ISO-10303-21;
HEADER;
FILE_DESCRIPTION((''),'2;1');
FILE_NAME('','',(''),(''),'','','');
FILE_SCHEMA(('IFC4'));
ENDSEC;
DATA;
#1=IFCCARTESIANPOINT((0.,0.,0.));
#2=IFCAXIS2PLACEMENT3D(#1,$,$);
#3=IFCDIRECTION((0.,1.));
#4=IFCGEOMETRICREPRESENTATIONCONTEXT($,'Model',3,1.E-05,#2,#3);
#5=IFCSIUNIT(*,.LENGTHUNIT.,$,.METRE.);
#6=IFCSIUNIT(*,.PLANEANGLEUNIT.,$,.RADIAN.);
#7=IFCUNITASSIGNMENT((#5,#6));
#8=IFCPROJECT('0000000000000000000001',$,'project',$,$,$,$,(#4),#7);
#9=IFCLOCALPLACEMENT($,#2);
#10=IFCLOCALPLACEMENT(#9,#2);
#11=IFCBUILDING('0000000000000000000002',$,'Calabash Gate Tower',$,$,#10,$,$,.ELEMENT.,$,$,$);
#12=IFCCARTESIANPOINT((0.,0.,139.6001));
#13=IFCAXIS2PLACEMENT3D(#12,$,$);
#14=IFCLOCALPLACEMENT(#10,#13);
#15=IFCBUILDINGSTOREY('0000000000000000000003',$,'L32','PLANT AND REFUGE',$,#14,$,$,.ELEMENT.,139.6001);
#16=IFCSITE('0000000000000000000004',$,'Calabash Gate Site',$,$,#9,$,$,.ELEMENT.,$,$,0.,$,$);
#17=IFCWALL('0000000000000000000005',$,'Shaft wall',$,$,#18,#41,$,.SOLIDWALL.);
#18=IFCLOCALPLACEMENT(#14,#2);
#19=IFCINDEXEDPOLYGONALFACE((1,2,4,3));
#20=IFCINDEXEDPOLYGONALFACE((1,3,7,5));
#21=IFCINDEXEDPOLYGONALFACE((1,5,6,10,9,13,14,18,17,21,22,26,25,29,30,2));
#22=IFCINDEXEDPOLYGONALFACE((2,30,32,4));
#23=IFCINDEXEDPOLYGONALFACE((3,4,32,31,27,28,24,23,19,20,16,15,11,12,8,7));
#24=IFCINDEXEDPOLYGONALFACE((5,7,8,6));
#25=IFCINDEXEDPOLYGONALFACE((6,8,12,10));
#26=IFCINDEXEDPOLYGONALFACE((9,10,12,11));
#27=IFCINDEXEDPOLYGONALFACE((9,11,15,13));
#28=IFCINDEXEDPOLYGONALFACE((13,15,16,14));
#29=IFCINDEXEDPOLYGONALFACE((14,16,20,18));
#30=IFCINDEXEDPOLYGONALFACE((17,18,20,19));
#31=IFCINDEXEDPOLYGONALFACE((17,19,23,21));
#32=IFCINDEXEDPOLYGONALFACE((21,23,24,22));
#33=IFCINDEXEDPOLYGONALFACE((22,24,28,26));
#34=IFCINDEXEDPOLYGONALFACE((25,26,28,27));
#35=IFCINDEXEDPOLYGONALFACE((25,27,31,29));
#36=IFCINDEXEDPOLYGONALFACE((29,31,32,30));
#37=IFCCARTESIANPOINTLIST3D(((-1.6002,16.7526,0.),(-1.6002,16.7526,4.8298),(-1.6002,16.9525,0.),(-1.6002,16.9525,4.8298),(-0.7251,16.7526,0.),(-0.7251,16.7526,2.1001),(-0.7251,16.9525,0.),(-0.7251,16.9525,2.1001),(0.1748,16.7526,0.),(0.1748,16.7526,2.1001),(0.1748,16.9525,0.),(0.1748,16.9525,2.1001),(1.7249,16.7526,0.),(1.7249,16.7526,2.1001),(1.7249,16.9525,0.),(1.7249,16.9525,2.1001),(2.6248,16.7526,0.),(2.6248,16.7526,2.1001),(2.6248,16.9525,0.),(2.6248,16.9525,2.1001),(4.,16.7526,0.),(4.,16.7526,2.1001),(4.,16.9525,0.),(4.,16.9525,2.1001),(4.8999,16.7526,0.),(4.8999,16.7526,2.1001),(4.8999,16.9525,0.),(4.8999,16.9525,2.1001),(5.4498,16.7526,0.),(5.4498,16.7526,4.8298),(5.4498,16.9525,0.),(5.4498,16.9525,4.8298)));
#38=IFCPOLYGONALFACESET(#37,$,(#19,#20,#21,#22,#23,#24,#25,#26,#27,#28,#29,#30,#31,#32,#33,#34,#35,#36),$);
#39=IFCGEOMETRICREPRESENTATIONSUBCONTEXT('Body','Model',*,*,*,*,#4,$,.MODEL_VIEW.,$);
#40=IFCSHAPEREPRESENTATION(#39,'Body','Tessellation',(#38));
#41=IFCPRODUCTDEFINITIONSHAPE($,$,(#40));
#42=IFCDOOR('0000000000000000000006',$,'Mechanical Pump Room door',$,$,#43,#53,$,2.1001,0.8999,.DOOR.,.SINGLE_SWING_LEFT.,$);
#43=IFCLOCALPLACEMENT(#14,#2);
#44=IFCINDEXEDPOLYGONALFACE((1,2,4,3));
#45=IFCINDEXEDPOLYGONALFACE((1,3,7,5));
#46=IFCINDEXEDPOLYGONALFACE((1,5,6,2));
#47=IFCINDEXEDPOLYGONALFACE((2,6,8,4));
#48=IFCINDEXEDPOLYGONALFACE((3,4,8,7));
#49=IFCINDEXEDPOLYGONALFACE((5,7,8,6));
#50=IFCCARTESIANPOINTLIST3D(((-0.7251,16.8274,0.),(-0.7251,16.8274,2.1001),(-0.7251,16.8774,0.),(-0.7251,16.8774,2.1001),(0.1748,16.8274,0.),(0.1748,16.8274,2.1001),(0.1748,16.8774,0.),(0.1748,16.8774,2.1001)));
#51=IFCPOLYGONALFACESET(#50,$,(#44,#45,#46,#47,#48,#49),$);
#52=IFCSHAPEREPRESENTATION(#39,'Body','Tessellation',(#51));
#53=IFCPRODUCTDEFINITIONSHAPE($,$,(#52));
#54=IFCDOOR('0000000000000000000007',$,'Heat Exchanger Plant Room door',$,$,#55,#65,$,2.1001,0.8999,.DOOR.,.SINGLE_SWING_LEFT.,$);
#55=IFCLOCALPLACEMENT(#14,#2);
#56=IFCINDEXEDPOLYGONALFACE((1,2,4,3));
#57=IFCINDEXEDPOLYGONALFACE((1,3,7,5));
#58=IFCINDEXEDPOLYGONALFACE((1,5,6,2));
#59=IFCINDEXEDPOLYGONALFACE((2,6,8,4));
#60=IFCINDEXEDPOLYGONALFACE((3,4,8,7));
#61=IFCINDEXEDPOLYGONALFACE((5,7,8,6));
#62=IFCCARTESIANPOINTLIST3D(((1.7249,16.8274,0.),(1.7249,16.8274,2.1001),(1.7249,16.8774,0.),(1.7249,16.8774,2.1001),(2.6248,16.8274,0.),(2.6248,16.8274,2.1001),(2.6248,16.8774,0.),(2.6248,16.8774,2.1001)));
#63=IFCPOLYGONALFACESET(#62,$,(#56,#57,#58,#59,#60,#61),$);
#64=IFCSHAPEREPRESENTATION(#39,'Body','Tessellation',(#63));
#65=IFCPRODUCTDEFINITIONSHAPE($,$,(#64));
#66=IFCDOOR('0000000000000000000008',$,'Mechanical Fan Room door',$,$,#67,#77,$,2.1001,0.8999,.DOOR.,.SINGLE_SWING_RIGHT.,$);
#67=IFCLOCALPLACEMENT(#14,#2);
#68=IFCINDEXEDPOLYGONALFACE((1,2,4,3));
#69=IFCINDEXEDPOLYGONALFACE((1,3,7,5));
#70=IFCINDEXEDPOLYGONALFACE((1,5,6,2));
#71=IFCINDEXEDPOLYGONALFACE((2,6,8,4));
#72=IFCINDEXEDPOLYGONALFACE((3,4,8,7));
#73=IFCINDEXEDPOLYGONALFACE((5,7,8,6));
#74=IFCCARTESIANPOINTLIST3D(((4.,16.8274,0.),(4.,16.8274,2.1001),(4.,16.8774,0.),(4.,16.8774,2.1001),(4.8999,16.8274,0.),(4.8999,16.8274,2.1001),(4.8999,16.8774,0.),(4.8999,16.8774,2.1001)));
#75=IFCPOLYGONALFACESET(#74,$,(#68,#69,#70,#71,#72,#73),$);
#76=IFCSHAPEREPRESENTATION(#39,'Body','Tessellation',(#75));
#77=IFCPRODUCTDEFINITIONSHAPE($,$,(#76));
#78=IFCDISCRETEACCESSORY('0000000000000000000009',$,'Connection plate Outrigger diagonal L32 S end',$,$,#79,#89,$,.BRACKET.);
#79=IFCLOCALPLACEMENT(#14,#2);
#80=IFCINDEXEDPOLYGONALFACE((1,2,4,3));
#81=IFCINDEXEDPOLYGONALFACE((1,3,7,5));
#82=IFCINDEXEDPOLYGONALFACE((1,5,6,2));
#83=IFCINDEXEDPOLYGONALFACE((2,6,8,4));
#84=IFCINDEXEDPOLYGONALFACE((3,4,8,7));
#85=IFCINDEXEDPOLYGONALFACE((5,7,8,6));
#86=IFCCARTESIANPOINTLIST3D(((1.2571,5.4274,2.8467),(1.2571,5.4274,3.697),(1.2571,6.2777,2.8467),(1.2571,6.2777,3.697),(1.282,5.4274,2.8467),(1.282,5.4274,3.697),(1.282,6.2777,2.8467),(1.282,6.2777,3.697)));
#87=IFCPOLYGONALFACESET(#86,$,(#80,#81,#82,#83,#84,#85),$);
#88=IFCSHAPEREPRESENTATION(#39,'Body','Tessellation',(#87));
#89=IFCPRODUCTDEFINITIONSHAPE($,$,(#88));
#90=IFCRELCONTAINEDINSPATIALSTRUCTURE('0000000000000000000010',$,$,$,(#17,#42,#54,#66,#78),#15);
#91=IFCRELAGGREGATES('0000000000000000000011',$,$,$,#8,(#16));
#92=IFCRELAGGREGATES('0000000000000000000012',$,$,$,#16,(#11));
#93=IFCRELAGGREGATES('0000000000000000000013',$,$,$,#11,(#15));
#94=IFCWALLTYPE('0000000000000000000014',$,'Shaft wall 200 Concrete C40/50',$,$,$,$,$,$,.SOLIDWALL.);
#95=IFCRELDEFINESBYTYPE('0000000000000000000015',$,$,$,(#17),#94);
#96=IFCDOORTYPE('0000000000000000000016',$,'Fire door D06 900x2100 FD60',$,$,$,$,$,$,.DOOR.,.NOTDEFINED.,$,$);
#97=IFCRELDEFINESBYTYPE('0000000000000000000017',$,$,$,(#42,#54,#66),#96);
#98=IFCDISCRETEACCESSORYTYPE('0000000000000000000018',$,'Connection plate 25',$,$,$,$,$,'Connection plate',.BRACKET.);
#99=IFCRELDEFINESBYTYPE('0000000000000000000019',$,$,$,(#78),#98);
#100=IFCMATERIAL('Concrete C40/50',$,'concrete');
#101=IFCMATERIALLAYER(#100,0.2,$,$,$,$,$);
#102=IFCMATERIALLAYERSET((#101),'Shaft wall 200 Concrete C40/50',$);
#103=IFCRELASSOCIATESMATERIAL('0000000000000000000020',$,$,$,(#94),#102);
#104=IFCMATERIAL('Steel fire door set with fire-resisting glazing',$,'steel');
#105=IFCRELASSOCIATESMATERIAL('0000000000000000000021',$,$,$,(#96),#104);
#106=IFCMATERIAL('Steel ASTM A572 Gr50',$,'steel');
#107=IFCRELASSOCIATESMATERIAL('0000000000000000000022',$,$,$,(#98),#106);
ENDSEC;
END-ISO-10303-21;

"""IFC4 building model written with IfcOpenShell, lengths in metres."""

from ifc_helpers import new_model, si_unit, direction, frame, frame_2d, origin, origin_2d, place, context, subcontext, project, spatial, rectangle, extrude, material, layer, layer_set, type_object, element, fill, save


model = new_model("IFC4")

# Units and contexts
model_context = context("Model", 3, precision=1e-05, world=origin(), true_north=direction((0.0, 1.0)))
body_context = subcontext(model_context, "Body", "Model", "MODEL_VIEW")
ifc_project = project(units=[si_unit("LENGTHUNIT", "METRE"), si_unit("PLANEANGLEUNIT", "RADIAN")], contexts=[model_context])

# Site, building, storey
site_placement = place(None, origin())
site = spatial("IfcSite", under=ifc_project, at=site_placement, Name="Calabash Gate Site", CompositionType="ELEMENT", RefElevation=0.0)
building_placement = place(site_placement, origin())
building = spatial("IfcBuilding", under=site, at=building_placement, Name="Calabash Gate Tower", CompositionType="ELEMENT")
storey_placement = place(building_placement, frame((0.0, 0.0, 139.6001)))
storey = spatial("IfcBuildingStorey", under=building, at=storey_placement, Name="L32", Description="PLANT AND REFUGE", CompositionType="ELEMENT", Elevation=139.6001)

# Shared definitions
ifc_material_1 = material(Name="Concrete C40/50", Category="concrete")
ifc_layer_1 = layer(ifc_material_1, 0.2)
ifc_layer_set_1 = layer_set([ifc_layer_1], Name="Shaft wall 200 Concrete C40/50")
wall_type_1 = type_object("IfcWallType", Name="Shaft wall 200 Concrete C40/50", PredefinedType="SOLIDWALL", material=ifc_layer_set_1)

# Shared definitions
ifc_material_2 = material(Name="Steel fire door set with fire-resisting glazing", Category="steel")
door_type_1 = type_object("IfcDoorType", Name="Fire door D06 900x2100 FD60", OperationType="NOTDEFINED", PredefinedType="DOOR", material=ifc_material_2)

# Wall, openings, doors
wall_1_placement = place(storey_placement, frame((-1.6001, 16.8525, 0.0), z_axis=(0.0, 0.0, 1.0), x_axis=(1.0, 0.0, 0.0)))
wall_1 = element("IfcWall", 1, at=wall_1_placement, inside=storey, type_object=wall_type_1, Name="Shaft wall", PredefinedType="SOLIDWALL", context=body_context, shape_type="SweptSolid", body=[
    extrude(rectangle(XDim=7.05, YDim=0.2, at=frame_2d((3.5249, 0.0))), origin(), (0.0, 0.0, 1.0), 4.8298),
])
opening_1_placement = place(wall_1_placement, frame((0.875, 0.0, 0.0)))
opening_1 = element("IfcOpeningElement", 2, at=opening_1_placement, cuts=wall_1, PredefinedType="OPENING", context=body_context, shape_type="SweptSolid", body=[
    extrude(rectangle(XDim=0.8999, YDim=2.1001, at=frame_2d((0.45, 1.05))), frame((0.0, 0.1099, 0.0), z_axis=(0.0, -1.0, 0.0), x_axis=(1.0, 0.0, 0.0)), (0.0, 0.0, 1.0), 0.22),
])
opening_2_placement = place(wall_1_placement, frame((3.325, 0.0, 0.0)))
opening_2 = element("IfcOpeningElement", 3, at=opening_2_placement, cuts=wall_1, PredefinedType="OPENING", context=body_context, shape_type="SweptSolid", body=[
    extrude(rectangle(XDim=0.8999, YDim=2.1001, at=frame_2d((0.45, 1.05))), frame((0.0, 0.1099, 0.0), z_axis=(0.0, -1.0, 0.0), x_axis=(1.0, 0.0, 0.0)), (0.0, 0.0, 1.0), 0.22),
])
opening_3_placement = place(wall_1_placement, frame((5.6001, 0.0, 0.0)))
opening_3 = element("IfcOpeningElement", 4, at=opening_3_placement, cuts=wall_1, PredefinedType="OPENING", context=body_context, shape_type="SweptSolid", body=[
    extrude(rectangle(XDim=0.8999, YDim=2.1001, at=frame_2d((0.45, 1.05))), frame((0.0, 0.1099, 0.0), z_axis=(0.0, -1.0, 0.0), x_axis=(1.0, 0.0, 0.0)), (0.0, 0.0, 1.0), 0.22),
])
door_1_placement = place(opening_1_placement, origin())
door_1 = element("IfcDoor", 5, at=door_1_placement, inside=storey, type_object=door_type_1, Name="Mechanical Pump Room door", OperationType="SINGLE_SWING_LEFT", OverallHeight=2.1001, OverallWidth=0.8999, PredefinedType="DOOR", context=body_context, shape_type="SweptSolid", body=[
    extrude(rectangle(XDim=0.8999, YDim=2.1001, at=frame_2d((0.45, 1.05))), frame((0.0, 0.0249, 0.0), z_axis=(0.0, -1.0, 0.0), x_axis=(1.0, 0.0, 0.0)), (0.0, 0.0, 1.0), 0.05),
])
fill(opening_1, door_1)
door_2_placement = place(opening_2_placement, origin())
door_2 = element("IfcDoor", 6, at=door_2_placement, inside=storey, type_object=door_type_1, Name="Heat Exchanger Plant Room door", OperationType="SINGLE_SWING_LEFT", OverallHeight=2.1001, OverallWidth=0.8999, PredefinedType="DOOR", context=body_context, shape_type="SweptSolid", body=[
    extrude(rectangle(XDim=0.8999, YDim=2.1001, at=frame_2d((0.45, 1.05))), frame((0.0, 0.0249, 0.0), z_axis=(0.0, -1.0, 0.0), x_axis=(1.0, 0.0, 0.0)), (0.0, 0.0, 1.0), 0.05),
])
fill(opening_2, door_2)
door_3_placement = place(opening_3_placement, origin())
door_3 = element("IfcDoor", 7, at=door_3_placement, inside=storey, type_object=door_type_1, Name="Mechanical Fan Room door", OperationType="SINGLE_SWING_RIGHT", OverallHeight=2.1001, OverallWidth=0.8999, PredefinedType="DOOR", context=body_context, shape_type="SweptSolid", body=[
    extrude(rectangle(XDim=0.8999, YDim=2.1001, at=frame_2d((0.45, 1.05))), frame((0.0, 0.0249, 0.0), z_axis=(0.0, -1.0, 0.0), x_axis=(1.0, 0.0, 0.0)), (0.0, 0.0, 1.0), 0.05),
])
fill(opening_3, door_3)

# Discrete accessory
ifc_material_3 = material(Name="Steel ASTM A572 Gr50", Category="steel")
discrete_accessory_type = type_object("IfcDiscreteAccessoryType", Name="Connection plate 25", ElementType="Connection plate", PredefinedType="BRACKET", material=ifc_material_3)
discrete_accessory_placement = place(storey_placement, frame((1.2695, 5.8525, 2.8467), z_axis=(0.0, 0.0, 1.0), x_axis=(0.0, 1.0, 0.0)))
element("IfcDiscreteAccessory", 8, at=discrete_accessory_placement, inside=storey, type_object=discrete_accessory_type, Name="Connection plate Outrigger diagonal L32 S end", PredefinedType="BRACKET", context=body_context, shape_type="SweptSolid", body=[
    extrude(rectangle(XDim=0.8503, YDim=0.0249, at=origin_2d()), origin(), (0.0, 0.0, 1.0), 0.8503),
])

save(model, "model.ifc")
